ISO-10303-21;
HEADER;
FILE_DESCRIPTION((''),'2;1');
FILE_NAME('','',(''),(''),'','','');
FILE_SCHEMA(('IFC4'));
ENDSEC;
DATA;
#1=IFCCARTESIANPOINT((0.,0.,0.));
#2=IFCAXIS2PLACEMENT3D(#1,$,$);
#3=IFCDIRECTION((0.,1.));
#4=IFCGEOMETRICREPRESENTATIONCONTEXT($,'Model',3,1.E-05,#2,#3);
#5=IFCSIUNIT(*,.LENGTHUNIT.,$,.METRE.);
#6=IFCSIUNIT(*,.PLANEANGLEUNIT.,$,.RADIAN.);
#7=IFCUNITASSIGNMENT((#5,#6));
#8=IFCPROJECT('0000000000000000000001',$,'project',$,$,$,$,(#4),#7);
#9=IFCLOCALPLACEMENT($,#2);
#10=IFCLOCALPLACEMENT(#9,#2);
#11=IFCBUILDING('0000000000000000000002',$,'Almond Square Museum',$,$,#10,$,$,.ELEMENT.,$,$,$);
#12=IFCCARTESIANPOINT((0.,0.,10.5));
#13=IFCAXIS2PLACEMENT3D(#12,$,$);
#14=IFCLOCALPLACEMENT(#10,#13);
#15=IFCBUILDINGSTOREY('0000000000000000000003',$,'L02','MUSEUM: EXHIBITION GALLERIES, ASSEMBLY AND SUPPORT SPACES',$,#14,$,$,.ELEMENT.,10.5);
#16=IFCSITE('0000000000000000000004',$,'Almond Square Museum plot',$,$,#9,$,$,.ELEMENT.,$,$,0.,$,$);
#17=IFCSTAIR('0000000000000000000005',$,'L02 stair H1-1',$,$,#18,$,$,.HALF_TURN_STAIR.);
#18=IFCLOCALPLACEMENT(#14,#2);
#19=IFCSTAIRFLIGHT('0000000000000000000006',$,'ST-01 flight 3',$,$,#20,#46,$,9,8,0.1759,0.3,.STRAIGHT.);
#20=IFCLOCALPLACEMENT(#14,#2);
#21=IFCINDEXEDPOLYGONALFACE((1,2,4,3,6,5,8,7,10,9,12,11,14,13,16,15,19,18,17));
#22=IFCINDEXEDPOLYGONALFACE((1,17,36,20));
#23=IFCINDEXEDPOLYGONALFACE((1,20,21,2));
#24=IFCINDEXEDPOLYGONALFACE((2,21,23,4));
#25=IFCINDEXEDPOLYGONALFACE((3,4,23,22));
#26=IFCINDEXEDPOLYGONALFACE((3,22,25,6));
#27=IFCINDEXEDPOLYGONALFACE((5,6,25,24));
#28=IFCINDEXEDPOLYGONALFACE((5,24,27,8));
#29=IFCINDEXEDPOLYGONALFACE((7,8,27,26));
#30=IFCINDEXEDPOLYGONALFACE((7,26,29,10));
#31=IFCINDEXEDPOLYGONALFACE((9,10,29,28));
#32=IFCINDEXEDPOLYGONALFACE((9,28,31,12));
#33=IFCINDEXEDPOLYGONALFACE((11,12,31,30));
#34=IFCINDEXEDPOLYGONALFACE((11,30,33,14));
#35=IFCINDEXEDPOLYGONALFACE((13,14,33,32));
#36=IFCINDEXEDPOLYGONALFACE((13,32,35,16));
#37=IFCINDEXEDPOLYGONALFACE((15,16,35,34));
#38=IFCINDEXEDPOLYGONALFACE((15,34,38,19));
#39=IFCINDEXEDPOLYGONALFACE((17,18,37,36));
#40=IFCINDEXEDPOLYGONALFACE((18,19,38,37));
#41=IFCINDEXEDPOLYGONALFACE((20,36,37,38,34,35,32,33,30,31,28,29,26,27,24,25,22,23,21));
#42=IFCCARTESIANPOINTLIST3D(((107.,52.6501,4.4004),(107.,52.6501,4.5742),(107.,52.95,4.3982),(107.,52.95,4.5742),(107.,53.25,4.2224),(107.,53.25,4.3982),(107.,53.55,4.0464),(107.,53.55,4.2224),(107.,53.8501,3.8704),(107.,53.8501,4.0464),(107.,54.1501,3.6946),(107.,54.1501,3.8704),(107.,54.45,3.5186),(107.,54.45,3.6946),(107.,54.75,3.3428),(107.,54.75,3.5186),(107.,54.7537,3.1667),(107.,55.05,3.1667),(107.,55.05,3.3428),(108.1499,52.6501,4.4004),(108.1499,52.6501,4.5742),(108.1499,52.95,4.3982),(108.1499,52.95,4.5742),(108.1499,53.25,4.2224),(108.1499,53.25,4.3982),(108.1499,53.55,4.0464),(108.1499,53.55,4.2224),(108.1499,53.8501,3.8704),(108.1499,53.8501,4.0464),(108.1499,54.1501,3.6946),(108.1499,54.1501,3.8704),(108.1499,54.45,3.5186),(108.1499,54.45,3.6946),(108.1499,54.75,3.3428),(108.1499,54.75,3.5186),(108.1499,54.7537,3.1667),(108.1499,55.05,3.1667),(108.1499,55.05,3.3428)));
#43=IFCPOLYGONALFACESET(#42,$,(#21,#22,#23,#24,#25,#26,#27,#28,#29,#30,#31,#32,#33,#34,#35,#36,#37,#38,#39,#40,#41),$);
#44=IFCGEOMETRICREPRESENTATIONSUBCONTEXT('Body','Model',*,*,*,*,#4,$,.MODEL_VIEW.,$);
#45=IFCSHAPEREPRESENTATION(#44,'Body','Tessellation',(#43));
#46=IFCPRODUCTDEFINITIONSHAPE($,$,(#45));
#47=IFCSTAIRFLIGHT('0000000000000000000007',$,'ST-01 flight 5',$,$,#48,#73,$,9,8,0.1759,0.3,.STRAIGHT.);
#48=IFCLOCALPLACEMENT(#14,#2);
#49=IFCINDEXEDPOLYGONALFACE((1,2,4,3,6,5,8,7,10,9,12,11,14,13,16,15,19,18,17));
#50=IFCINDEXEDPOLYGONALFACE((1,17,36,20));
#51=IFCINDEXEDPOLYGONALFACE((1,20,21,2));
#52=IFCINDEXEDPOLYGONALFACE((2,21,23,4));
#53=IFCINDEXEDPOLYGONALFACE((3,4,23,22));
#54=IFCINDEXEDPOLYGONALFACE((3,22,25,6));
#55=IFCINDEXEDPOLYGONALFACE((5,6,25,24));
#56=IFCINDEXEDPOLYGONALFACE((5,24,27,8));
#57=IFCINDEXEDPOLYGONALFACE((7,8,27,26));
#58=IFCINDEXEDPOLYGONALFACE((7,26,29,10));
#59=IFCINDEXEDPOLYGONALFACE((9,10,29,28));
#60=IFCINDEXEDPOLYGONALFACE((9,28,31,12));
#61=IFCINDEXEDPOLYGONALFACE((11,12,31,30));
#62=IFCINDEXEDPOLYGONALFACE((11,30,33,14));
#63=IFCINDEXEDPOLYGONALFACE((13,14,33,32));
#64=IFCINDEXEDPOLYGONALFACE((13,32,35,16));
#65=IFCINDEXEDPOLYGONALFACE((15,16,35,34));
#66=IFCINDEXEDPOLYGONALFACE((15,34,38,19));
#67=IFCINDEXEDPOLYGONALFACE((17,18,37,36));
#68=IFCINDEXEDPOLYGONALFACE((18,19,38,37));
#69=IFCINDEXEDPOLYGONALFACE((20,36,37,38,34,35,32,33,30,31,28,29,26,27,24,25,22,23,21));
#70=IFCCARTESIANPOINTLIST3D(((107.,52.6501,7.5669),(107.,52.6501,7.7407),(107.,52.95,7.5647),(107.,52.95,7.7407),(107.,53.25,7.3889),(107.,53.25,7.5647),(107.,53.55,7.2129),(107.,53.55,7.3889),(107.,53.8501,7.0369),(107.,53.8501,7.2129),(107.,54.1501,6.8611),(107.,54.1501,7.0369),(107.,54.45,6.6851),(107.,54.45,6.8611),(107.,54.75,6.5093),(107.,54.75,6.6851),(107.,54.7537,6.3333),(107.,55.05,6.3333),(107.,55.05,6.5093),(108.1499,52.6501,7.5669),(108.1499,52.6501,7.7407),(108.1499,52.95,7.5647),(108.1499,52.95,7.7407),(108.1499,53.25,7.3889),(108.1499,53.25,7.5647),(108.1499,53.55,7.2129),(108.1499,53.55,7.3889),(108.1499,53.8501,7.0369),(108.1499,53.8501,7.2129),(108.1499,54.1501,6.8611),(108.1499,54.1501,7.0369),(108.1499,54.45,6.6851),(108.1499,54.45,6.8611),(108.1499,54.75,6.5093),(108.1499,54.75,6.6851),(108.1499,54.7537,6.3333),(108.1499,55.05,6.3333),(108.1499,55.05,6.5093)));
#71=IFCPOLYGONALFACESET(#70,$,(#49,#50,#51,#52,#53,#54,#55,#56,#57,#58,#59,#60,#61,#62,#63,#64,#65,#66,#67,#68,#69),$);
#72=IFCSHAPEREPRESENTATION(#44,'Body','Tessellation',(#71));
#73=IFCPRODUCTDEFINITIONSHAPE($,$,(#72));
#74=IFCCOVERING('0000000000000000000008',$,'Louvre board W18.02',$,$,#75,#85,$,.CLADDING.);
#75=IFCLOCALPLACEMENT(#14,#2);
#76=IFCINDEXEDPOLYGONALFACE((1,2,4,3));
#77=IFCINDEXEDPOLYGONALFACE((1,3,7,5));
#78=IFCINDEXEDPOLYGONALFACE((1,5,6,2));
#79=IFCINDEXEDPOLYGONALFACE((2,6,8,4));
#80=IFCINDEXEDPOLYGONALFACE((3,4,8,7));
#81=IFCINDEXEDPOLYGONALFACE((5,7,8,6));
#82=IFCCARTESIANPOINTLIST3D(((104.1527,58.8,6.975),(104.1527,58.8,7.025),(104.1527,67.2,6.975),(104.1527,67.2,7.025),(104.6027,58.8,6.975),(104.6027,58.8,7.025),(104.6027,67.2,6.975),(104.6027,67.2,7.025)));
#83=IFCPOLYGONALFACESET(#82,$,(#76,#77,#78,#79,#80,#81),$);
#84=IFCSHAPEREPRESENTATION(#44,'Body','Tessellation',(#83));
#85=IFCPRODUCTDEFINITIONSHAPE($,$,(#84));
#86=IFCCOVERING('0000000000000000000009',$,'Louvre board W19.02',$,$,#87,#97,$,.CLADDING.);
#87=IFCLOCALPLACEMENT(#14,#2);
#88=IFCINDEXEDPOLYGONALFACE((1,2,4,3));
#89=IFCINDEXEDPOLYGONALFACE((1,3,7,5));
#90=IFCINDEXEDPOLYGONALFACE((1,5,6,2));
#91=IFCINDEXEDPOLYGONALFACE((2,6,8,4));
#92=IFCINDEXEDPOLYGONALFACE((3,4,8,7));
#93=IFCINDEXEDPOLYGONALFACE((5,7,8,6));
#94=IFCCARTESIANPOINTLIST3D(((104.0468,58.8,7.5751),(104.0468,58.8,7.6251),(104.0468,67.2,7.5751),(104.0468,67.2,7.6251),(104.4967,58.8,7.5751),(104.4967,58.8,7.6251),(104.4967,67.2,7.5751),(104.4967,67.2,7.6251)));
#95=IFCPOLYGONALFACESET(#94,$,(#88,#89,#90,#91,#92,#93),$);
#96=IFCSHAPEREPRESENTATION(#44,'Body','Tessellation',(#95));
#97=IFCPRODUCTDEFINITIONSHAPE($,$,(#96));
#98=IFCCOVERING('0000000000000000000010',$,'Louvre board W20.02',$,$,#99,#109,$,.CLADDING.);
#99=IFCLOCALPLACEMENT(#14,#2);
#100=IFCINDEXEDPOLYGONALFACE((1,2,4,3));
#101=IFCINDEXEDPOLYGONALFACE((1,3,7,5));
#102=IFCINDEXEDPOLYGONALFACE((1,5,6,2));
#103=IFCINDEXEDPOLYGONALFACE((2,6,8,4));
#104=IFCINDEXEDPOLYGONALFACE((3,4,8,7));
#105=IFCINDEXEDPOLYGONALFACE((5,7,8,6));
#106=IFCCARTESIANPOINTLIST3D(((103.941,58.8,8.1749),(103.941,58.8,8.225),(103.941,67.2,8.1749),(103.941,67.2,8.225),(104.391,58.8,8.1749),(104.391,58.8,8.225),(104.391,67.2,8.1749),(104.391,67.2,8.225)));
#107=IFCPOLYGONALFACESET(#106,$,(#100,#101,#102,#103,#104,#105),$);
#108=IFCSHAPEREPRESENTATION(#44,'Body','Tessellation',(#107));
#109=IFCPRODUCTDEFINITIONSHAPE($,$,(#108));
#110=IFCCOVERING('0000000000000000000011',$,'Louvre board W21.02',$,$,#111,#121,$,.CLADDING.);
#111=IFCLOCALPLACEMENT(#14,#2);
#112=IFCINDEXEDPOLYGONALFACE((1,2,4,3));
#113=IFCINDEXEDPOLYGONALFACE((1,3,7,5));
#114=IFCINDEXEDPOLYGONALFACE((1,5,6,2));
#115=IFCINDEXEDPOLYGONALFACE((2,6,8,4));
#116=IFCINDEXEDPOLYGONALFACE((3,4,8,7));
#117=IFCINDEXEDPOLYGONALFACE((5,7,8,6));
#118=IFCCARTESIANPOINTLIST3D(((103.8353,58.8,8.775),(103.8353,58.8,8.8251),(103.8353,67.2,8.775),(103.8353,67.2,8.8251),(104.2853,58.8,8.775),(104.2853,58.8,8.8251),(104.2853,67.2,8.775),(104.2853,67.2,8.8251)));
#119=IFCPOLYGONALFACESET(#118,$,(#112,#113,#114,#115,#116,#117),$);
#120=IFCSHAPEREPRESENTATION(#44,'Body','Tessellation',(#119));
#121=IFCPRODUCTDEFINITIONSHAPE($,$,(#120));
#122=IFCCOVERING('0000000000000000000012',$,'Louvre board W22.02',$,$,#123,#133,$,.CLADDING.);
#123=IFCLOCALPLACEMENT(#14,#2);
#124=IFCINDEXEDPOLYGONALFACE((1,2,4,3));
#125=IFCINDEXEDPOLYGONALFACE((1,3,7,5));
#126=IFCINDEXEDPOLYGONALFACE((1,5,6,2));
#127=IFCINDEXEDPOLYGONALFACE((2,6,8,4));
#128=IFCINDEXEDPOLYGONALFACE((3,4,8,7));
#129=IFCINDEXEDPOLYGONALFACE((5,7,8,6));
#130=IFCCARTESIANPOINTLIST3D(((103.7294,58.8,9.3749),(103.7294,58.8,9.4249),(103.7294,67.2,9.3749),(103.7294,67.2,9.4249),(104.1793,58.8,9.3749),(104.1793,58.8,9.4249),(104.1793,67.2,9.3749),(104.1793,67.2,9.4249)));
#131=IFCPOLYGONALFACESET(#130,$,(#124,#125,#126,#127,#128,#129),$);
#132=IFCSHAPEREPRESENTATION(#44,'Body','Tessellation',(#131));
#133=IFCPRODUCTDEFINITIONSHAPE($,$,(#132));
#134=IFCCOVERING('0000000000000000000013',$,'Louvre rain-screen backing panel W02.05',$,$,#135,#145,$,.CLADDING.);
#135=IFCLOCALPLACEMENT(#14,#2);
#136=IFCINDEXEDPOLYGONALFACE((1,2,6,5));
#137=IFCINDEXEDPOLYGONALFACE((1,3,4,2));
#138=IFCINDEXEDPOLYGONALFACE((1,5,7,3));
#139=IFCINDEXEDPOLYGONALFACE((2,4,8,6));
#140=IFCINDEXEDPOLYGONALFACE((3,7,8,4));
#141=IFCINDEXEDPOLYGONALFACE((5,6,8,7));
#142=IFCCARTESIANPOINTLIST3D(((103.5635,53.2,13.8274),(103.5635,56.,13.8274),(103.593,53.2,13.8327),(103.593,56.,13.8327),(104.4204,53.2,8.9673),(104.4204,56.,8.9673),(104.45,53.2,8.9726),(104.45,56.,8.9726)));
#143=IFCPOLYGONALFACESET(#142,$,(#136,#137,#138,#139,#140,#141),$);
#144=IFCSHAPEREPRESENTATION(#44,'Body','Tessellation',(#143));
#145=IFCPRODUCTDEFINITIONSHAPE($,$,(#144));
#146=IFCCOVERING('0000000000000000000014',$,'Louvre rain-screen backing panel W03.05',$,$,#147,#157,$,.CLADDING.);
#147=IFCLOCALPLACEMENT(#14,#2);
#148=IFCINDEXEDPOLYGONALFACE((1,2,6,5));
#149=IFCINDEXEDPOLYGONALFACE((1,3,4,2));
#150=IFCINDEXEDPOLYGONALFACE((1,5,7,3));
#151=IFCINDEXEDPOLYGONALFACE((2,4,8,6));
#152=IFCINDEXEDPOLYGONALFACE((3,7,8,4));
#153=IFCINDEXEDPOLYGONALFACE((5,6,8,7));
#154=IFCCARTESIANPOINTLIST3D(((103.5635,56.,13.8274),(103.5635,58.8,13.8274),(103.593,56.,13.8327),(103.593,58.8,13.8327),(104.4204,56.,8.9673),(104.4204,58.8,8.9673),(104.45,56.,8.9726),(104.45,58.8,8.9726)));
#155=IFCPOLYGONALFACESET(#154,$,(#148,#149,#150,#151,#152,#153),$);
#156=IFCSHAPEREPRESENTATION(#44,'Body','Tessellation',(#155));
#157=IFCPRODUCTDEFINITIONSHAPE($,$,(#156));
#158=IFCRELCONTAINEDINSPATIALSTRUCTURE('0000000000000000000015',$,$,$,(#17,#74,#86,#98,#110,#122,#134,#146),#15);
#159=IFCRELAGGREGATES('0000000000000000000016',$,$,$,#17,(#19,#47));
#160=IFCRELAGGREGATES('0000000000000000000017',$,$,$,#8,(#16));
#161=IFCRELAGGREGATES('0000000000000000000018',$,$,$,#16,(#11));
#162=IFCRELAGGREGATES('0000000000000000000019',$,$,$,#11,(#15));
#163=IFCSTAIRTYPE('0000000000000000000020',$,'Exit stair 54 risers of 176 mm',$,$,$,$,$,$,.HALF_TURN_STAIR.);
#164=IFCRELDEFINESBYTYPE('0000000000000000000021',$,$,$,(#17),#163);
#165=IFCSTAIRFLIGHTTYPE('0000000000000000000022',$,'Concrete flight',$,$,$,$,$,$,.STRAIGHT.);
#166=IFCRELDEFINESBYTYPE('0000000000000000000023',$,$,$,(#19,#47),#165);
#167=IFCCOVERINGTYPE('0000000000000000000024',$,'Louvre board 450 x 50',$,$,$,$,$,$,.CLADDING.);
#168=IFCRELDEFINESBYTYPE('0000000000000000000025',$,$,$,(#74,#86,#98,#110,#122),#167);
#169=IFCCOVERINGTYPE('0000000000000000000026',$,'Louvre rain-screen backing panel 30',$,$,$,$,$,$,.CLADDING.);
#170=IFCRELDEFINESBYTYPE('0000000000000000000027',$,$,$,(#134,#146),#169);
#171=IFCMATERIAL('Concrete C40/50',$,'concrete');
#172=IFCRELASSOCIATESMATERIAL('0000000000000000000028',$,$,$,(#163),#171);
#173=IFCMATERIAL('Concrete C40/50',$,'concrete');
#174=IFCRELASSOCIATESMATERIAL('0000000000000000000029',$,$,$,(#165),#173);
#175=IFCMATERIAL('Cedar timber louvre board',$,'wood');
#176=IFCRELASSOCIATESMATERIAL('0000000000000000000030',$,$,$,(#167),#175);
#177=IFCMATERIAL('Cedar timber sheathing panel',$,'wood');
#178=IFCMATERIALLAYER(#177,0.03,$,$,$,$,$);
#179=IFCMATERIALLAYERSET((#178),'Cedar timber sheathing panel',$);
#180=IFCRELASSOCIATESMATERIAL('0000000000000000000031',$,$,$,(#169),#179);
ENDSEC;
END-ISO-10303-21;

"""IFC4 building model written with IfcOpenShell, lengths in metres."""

from ifc_helpers import new_model, si_unit, direction, frame, origin, origin_2d, place, context, subcontext, project, spatial, polyline, rectangle, outline, extrude, material, layer, layer_set, material_profile, profile_set, type_object, element, aggregate, save


model = new_model("IFC4")

# Units and contexts
model_context = context("Model", 3, precision=1e-05, world=origin(), true_north=direction((0.0, 1.0)))
body_context = subcontext(model_context, "Body", "Model", "MODEL_VIEW")
ifc_project = project(units=[si_unit("LENGTHUNIT", "METRE"), si_unit("PLANEANGLEUNIT", "RADIAN")], contexts=[model_context])

# Site, building, storey
site_placement = place(None, origin())
site = spatial("IfcSite", under=ifc_project, at=site_placement, Name="Almond Square Museum plot", CompositionType="ELEMENT", RefElevation=0.0)
building_placement = place(site_placement, origin())
building = spatial("IfcBuilding", under=site, at=building_placement, Name="Almond Square Museum", CompositionType="ELEMENT")
storey_placement = place(building_placement, frame((0.0, 0.0, 10.5)))
storey = spatial("IfcBuildingStorey", under=building, at=storey_placement, Name="L02", Description="MUSEUM: EXHIBITION GALLERIES, ASSEMBLY AND SUPPORT SPACES", CompositionType="ELEMENT", Elevation=10.5)

# Stair, stair flights
ifc_material_1 = material(Name="Concrete C40/50", Category="concrete")
stair_type = type_object("IfcStairType", Name="Exit stair 54 risers of 176 mm", PredefinedType="HALF_TURN_STAIR", material=ifc_material_1)
stair_placement = place(storey_placement, origin())
stair = element("IfcStair", 1, at=stair_placement, inside=storey, type_object=stair_type, Name="L02 stair H1-1", PredefinedType="HALF_TURN_STAIR")
ifc_material_2 = material(Name="Concrete C40/50", Category="concrete")
stair_flight_type = type_object("IfcStairFlightType", Name="Concrete flight", PredefinedType="STRAIGHT", material=ifc_material_2)
stair_flight_1_placement = place(storey_placement, frame((107.575, 55.05, 3.1667), z_axis=(0.0, 0.0, 1.0), x_axis=(0.0, -1.0, 0.0)))
stair_flight_1 = element("IfcStairFlight", 2, at=stair_flight_1_placement, type_object=stair_flight_type, Name="ST-01 flight 3", NumberOfRisers=9, NumberOfTreads=8, PredefinedType="STRAIGHT", RiserHeight=0.1759, TreadLength=0.3, context=body_context, shape_type="SweptSolid", body=[
    extrude(outline(polyline([(0.0, 0.0), (0.0, 0.176), (0.3, 0.176), (0.3, 0.3518), (0.6001, 0.3518), (0.6001, 0.5278), (0.8999, 0.5278), (0.8999, 0.7036), (1.2, 0.7036), (1.2, 0.8796), (1.5, 0.8796), (1.5, 1.0557), (1.8, 1.0557), (1.8, 1.2314), (2.1001, 1.2314), (2.1001, 1.4075), (2.3999, 1.4075), (2.3999, 1.5833), (2.3999, 1.2336), (0.2964, 0.0), (0.0, 0.0)])), frame((0.0, 0.575, 0.0), z_axis=(0.0, -1.0, 0.0), x_axis=(1.0, 0.0, 0.0)), (0.0, 0.0, 1.0), 1.1499),
])
stair_flight_2_placement = place(storey_placement, frame((107.575, 55.05, 6.3333), z_axis=(0.0, 0.0, 1.0), x_axis=(0.0, -1.0, 0.0)))
stair_flight_2 = element("IfcStairFlight", 3, at=stair_flight_2_placement, type_object=stair_flight_type, Name="ST-01 flight 5", NumberOfRisers=9, NumberOfTreads=8, PredefinedType="STRAIGHT", RiserHeight=0.1759, TreadLength=0.3, context=body_context, shape_type="SweptSolid", body=[
    extrude(outline(polyline([(0.0, 0.0), (0.0, 0.176), (0.3, 0.176), (0.3, 0.3518), (0.6001, 0.3518), (0.6001, 0.5278), (0.8999, 0.5278), (0.8999, 0.7036), (1.2, 0.7036), (1.2, 0.8796), (1.5, 0.8796), (1.5, 1.0557), (1.8, 1.0557), (1.8, 1.2314), (2.1001, 1.2314), (2.1001, 1.4075), (2.3999, 1.4075), (2.3999, 1.5833), (2.3999, 1.2336), (0.2964, 0.0), (0.0, 0.0)])), frame((0.0, 0.575, 0.0), z_axis=(0.0, -1.0, 0.0), x_axis=(1.0, 0.0, 0.0)), (0.0, 0.0, 1.0), 1.1499),
])
aggregate(stair, [stair_flight_1, stair_flight_2])

# Coverings
ifc_material_3 = material(Name="Cedar timber louvre board", Category="wood")
ifc_material_profile = material_profile(ifc_material_3, rectangle(XDim=0.45, YDim=0.05, at=origin_2d()))
ifc_profile_set = profile_set([ifc_material_profile], Name="Cedar timber louvre board")
covering_type_1 = type_object("IfcCoveringType", Name="Louvre board 450 x 50", PredefinedType="CLADDING", material=ifc_profile_set)
for number, where, z_axis, x_axis, name in (
    (4, (104.3777, 58.8, 7.0), (0.0, 1.0, 0.0), (-1.0, 0.0, 0.0), "Louvre board W18.02"),
    (5, (104.2717, 58.8, 7.6001), (0.0, 1.0, 0.0), (-1.0, 0.0, 0.0), "Louvre board W19.02"),
    (6, (104.166, 58.8, 8.2), (0.0, 1.0, 0.0), (-1.0, 0.0, 0.0), "Louvre board W20.02"),
    (7, (104.0603, 58.8, 8.8), (0.0, 1.0, 0.0), (-1.0, 0.0, 0.0), "Louvre board W21.02"),
    (8, (103.9543, 58.8, 9.3999), (0.0, 1.0, 0.0), (-1.0, 0.0, 0.0), "Louvre board W22.02"),
):
    element("IfcCovering", number, at=place(storey_placement, frame(where, z_axis=z_axis, x_axis=x_axis)), inside=storey, type_object=covering_type_1, Name=name, PredefinedType="CLADDING", context=body_context, shape_type="SweptSolid", body=[
        extrude(rectangle(XDim=0.45, YDim=0.05, at=origin_2d()), origin(), (0.0, 0.0, 1.0), 8.3999),
    ])
ifc_material_4 = material(Name="Cedar timber sheathing panel", Category="wood")
ifc_layer_1 = layer(ifc_material_4, 0.03)
ifc_layer_set_1 = layer_set([ifc_layer_1], Name="Cedar timber sheathing panel")
covering_type_2 = type_object("IfcCoveringType", Name="Louvre rain-screen backing panel 30", PredefinedType="CLADDING", material=ifc_layer_set_1)
for number, where, z_axis, x_axis, name in (
    (9, (104.4353, 53.2, 8.97), (0.984809, 0.0, 0.173641), (0.0, 1.0, 0.0), "Louvre rain-screen backing panel W02.05"),
    (10, (104.4353, 56.0, 8.97), (0.984809, 0.0, 0.173641), (0.0, 1.0, 0.0), "Louvre rain-screen backing panel W03.05"),
):
    element("IfcCovering", number, at=place(storey_placement, frame(where, z_axis=z_axis, x_axis=x_axis)), inside=storey, type_object=covering_type_2, Name=name, PredefinedType="CLADDING", context=body_context, shape_type="SweptSolid", body=[
        extrude(outline(polyline([(0.0, 0.0), (2.8, 0.0), (2.8, 4.9351), (0.0, 4.9351), (0.0, 0.0)])), frame((0.0, 0.0, -0.0151)), (0.0, 0.0, 1.0), 0.03),
    ])

save(model, "model.ifc")
